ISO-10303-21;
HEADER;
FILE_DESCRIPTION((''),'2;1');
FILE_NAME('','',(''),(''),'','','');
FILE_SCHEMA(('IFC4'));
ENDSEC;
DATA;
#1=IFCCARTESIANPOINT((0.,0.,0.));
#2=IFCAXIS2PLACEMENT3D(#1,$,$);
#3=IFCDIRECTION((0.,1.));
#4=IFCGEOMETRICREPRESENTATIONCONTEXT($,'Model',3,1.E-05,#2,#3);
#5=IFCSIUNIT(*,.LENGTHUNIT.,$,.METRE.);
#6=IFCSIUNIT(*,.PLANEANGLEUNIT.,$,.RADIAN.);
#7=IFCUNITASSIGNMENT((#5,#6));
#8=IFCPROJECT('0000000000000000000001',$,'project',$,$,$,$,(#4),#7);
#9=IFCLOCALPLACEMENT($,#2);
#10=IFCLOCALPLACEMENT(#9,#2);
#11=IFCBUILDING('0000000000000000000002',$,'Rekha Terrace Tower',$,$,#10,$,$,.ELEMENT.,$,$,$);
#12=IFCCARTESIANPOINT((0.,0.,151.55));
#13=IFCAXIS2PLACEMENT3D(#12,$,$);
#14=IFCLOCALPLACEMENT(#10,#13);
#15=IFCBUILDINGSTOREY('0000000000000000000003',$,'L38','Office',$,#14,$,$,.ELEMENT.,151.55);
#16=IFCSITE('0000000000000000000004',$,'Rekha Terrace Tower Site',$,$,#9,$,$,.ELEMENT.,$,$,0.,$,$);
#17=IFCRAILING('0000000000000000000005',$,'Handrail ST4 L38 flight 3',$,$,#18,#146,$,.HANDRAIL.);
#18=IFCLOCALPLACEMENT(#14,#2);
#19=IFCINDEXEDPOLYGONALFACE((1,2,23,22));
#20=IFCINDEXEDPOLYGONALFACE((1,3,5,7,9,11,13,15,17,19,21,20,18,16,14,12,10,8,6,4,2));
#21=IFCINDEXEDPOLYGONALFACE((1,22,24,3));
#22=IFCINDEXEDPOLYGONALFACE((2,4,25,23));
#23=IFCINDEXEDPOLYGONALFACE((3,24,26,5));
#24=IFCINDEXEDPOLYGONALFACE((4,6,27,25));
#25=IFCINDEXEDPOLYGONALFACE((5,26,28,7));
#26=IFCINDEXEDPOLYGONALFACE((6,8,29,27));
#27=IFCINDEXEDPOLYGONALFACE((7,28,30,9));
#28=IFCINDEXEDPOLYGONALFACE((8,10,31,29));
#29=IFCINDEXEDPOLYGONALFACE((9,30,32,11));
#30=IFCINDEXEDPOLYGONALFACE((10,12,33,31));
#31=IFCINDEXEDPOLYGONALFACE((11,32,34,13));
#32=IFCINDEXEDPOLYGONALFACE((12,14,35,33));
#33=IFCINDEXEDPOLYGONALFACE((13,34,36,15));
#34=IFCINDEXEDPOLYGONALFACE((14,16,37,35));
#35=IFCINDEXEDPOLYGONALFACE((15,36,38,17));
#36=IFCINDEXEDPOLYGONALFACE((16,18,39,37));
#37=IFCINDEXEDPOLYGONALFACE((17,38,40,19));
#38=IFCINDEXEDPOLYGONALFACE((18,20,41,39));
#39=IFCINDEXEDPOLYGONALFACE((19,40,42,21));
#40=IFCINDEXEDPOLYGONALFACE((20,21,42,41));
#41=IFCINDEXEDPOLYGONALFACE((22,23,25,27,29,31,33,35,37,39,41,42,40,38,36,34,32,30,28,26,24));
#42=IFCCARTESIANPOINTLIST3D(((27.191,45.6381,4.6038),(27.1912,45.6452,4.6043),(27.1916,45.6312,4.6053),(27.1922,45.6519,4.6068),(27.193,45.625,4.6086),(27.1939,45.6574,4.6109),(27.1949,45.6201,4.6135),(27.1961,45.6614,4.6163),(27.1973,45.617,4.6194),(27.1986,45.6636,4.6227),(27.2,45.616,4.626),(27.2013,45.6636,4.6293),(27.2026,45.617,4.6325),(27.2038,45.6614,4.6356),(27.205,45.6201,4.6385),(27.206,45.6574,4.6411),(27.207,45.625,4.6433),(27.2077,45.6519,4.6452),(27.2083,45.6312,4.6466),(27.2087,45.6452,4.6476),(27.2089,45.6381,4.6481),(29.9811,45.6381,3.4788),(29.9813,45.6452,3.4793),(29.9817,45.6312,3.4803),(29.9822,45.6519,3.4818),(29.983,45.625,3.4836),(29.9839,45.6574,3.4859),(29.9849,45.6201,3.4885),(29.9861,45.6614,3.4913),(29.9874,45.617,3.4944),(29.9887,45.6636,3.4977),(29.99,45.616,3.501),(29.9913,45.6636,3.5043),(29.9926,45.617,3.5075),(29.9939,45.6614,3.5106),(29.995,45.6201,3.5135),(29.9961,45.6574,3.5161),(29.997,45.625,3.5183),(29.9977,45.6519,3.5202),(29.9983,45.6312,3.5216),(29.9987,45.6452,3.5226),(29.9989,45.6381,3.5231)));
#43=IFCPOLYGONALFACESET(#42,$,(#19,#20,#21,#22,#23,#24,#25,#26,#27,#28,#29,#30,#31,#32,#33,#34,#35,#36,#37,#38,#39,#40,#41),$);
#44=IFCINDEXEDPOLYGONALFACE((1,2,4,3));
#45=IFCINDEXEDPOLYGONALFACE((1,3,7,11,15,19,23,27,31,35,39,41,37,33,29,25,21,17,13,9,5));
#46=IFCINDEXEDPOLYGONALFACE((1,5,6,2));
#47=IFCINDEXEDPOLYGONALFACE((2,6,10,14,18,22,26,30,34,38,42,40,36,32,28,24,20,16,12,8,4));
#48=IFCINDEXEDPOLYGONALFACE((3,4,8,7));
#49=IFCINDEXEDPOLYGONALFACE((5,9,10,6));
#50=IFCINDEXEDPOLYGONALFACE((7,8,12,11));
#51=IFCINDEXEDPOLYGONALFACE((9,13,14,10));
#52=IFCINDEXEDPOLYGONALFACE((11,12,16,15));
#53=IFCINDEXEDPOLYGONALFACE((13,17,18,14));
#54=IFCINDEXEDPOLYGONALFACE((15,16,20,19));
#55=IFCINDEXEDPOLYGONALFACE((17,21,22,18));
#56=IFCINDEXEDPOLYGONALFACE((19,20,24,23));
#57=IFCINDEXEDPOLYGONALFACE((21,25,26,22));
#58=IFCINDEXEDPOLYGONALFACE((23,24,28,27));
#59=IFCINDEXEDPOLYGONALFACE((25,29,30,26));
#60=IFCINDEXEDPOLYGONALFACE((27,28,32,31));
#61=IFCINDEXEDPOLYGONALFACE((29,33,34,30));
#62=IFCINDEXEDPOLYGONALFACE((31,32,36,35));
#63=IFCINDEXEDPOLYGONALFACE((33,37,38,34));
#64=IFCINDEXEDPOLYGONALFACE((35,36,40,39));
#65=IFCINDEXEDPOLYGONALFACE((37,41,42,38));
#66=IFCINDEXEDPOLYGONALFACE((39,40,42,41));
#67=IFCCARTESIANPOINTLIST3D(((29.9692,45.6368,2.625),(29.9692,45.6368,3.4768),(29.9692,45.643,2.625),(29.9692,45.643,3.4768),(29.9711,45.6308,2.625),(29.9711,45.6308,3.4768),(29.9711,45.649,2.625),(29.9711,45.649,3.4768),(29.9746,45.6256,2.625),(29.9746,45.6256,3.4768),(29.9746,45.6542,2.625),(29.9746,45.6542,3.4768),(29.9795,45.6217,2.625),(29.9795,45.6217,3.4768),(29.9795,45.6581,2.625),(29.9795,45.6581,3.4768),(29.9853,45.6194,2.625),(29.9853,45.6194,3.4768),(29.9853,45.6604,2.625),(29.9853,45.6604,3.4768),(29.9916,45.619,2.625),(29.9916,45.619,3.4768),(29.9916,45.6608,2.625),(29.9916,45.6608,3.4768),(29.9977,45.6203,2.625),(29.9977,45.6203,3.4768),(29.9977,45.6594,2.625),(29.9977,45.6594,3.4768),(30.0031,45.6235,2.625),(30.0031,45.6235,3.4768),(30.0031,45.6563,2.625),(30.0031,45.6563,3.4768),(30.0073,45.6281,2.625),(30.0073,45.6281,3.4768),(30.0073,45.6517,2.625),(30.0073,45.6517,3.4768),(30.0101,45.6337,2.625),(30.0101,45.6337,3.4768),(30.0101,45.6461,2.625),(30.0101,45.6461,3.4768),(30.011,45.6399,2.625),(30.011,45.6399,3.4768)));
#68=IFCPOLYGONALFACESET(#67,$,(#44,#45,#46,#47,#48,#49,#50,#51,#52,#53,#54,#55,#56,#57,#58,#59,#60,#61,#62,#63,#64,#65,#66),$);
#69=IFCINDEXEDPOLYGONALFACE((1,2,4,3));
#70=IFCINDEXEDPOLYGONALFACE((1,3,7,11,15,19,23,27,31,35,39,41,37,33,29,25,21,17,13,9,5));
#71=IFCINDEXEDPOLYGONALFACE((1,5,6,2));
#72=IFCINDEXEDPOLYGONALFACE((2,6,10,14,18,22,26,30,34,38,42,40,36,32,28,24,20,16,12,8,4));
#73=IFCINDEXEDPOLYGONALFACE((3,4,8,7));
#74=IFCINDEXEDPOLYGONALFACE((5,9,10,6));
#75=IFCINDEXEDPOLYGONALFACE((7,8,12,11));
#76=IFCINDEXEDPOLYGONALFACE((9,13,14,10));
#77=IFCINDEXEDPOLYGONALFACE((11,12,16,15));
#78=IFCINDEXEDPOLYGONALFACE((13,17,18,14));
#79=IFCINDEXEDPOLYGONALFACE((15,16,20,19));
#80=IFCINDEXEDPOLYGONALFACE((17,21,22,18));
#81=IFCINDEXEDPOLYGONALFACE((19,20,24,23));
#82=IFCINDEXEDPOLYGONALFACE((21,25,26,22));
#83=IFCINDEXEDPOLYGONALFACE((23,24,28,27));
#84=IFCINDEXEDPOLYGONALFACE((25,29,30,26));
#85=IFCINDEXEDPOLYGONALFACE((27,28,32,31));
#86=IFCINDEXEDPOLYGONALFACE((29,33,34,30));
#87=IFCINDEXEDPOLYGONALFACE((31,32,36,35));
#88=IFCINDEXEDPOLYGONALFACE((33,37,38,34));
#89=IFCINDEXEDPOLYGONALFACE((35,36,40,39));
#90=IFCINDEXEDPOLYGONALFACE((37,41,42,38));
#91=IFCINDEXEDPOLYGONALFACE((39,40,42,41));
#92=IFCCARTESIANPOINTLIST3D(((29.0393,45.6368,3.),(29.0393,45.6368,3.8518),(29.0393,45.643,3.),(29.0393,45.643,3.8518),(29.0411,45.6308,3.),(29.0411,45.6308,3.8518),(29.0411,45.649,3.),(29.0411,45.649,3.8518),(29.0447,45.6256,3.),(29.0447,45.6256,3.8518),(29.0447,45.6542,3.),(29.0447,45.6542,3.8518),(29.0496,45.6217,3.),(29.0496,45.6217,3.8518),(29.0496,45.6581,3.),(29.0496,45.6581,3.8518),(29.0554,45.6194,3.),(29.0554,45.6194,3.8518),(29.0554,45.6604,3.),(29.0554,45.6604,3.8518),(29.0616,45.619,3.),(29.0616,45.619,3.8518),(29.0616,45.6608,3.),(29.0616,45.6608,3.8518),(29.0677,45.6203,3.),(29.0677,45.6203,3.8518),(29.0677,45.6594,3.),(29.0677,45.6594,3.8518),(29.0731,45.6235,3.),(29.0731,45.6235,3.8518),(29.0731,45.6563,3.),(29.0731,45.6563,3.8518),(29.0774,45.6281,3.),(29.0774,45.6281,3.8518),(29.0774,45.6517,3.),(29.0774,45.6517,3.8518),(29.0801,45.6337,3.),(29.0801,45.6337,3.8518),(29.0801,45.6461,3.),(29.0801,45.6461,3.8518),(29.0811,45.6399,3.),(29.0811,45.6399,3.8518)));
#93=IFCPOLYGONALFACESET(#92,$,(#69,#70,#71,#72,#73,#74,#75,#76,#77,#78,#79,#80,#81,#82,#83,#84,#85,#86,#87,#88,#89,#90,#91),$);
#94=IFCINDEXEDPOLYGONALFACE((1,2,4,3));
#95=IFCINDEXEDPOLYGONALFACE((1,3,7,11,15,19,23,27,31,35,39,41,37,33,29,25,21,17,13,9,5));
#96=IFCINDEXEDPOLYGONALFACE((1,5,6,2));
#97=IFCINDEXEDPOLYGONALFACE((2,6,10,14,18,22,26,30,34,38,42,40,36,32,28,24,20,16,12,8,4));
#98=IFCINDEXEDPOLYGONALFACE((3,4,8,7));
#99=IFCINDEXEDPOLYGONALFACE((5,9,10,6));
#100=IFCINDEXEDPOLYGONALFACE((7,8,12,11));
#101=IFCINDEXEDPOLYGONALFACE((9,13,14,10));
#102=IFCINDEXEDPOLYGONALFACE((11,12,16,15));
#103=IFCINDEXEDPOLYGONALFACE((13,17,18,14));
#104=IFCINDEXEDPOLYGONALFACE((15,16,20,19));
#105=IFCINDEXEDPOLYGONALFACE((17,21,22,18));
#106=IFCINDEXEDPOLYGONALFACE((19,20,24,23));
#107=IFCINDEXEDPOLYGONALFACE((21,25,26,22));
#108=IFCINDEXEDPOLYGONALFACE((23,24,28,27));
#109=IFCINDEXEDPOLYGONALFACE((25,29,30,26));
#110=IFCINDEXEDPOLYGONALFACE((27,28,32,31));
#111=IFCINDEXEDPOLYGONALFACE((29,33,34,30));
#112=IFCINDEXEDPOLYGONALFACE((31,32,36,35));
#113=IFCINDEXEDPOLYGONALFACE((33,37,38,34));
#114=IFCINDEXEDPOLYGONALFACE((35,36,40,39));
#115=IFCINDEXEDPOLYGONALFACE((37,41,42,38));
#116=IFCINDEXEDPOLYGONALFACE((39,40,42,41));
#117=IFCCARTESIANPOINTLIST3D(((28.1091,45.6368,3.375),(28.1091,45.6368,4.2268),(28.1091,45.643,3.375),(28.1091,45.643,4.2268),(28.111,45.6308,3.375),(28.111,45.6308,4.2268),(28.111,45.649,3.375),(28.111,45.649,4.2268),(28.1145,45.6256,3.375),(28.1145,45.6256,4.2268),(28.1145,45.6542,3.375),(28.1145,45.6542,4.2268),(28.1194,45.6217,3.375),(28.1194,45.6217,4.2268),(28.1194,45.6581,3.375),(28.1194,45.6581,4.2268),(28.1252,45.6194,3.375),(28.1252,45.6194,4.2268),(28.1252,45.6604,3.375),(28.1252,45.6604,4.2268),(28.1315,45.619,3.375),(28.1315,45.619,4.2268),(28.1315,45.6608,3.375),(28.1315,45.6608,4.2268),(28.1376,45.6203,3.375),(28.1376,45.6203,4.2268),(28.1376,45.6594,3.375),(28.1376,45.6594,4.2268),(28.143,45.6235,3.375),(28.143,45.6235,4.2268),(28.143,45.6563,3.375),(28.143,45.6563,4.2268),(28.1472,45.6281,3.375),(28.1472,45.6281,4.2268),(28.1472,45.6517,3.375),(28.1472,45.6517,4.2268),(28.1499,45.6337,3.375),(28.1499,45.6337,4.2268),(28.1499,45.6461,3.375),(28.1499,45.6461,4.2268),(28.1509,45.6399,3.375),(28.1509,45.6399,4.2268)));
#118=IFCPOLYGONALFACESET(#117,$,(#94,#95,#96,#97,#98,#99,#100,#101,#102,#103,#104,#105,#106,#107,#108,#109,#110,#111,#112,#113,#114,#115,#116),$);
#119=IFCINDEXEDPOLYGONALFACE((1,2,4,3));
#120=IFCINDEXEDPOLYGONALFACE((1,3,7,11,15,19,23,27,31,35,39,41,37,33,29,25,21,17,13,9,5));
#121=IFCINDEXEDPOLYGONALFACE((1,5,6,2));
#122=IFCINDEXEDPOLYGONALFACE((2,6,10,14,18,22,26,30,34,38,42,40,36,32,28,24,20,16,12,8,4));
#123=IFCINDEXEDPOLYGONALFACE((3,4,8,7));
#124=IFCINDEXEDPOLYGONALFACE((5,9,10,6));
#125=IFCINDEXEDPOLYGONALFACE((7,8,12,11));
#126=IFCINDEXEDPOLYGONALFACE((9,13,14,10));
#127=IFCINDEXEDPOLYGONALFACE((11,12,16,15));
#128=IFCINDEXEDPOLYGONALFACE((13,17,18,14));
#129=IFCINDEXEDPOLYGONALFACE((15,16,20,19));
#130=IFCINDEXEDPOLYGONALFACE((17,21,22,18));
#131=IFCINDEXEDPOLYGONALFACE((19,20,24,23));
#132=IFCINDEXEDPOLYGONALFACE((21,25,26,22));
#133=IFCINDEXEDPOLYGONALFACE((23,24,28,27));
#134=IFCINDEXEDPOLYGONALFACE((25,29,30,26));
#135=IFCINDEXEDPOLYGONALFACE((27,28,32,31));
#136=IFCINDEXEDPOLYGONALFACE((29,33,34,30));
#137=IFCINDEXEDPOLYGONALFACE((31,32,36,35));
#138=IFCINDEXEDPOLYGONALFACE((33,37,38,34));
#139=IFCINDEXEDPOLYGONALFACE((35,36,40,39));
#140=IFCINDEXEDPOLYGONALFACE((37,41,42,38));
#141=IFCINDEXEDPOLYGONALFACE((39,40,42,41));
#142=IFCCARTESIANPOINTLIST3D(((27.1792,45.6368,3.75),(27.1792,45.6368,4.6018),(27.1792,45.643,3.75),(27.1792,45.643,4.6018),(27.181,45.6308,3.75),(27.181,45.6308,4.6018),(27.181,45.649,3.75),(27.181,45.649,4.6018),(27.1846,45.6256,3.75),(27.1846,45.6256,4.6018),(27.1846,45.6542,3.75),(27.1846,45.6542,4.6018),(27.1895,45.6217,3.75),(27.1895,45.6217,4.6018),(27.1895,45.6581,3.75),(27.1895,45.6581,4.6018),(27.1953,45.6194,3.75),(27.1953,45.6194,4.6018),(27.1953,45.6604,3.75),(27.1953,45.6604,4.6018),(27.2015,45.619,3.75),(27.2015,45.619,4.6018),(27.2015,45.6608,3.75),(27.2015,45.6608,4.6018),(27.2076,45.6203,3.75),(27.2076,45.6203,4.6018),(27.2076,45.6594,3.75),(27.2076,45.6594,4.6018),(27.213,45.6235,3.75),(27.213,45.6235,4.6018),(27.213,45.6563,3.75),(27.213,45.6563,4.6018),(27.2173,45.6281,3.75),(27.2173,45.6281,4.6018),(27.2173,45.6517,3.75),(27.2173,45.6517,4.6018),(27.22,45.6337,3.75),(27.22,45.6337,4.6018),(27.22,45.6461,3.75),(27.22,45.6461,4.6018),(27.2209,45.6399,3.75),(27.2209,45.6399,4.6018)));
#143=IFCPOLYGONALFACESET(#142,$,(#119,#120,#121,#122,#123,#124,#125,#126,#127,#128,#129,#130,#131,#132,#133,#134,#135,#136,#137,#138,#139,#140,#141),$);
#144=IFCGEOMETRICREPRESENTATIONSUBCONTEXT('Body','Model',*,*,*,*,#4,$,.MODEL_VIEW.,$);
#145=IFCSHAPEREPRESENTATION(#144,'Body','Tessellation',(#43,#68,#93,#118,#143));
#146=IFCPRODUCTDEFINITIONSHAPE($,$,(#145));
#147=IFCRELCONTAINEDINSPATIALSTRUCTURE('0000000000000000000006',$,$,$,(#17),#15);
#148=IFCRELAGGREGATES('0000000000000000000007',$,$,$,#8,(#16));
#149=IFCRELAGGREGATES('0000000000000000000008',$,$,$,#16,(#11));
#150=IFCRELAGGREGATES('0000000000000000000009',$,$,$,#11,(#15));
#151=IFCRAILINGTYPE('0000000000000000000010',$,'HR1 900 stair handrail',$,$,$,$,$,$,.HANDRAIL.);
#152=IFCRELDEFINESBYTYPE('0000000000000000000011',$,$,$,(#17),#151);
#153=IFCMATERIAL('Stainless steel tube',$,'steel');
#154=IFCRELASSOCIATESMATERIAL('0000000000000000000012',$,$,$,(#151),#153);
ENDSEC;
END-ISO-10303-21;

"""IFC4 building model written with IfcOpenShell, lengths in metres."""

from ifc_helpers import new_model, si_unit, direction, frame, origin, origin_2d, place, context, subcontext, project, spatial, circle, extrude, material, type_object, element, save


model = new_model("IFC4")

# Units and contexts
model_context = context("Model", 3, precision=1e-05, world=origin(), true_north=direction((0.0, 1.0)))
body_context = subcontext(model_context, "Body", "Model", "MODEL_VIEW")
ifc_project = project(units=[si_unit("LENGTHUNIT", "METRE"), si_unit("PLANEANGLEUNIT", "RADIAN")], contexts=[model_context])

# Site, building, storey
site_placement = place(None, origin())
site = spatial("IfcSite", under=ifc_project, at=site_placement, Name="Rekha Terrace Tower Site", CompositionType="ELEMENT", RefElevation=0.0)
building_placement = place(site_placement, origin())
building = spatial("IfcBuilding", under=site, at=building_placement, Name="Rekha Terrace Tower", CompositionType="ELEMENT")
storey_placement = place(building_placement, frame((0.0, 0.0, 151.55)))
storey = spatial("IfcBuildingStorey", under=building, at=storey_placement, Name="L38", Description="Office", CompositionType="ELEMENT", Elevation=151.55)

# Railing
ifc_material_1 = material(Name="Stainless steel tube", Category="steel")
railing_type_1 = type_object("IfcRailingType", Name="HR1 900 stair handrail", PredefinedType="HANDRAIL", material=ifc_material_1)
railing_1_placement = place(storey_placement, frame((29.99, 45.6399, 2.625)))
element("IfcRailing", 1, at=railing_1_placement, inside=storey, type_object=railing_type_1, Name="Handrail ST4 L38 flight 3", PredefinedType="HANDRAIL", context=body_context, shape_type="SweptSolid", body=[
    extrude(circle(Radius=0.0239, at=origin_2d()), frame((0.0, 0.0, 0.876), z_axis=(-0.927443, 0.0, 0.373964), x_axis=(0.0, -1.0, 0.0)), (0.0, 0.0, 1.0), 3.0083),
    extrude(circle(Radius=0.021, at=origin_2d()), origin(), (0.0, 0.0, 1.0), 0.8518),
    extrude(circle(Radius=0.021, at=origin_2d()), frame((-0.9299, 0.0, 0.375)), (0.0, 0.0, 1.0), 0.8518),
    extrude(circle(Radius=0.021, at=origin_2d()), frame((-1.8601, 0.0, 0.75)), (0.0, 0.0, 1.0), 0.8518),
    extrude(circle(Radius=0.021, at=origin_2d()), frame((-2.79, 0.0, 1.125)), (0.0, 0.0, 1.0), 0.8518),
])

save(model, "model.ifc")
